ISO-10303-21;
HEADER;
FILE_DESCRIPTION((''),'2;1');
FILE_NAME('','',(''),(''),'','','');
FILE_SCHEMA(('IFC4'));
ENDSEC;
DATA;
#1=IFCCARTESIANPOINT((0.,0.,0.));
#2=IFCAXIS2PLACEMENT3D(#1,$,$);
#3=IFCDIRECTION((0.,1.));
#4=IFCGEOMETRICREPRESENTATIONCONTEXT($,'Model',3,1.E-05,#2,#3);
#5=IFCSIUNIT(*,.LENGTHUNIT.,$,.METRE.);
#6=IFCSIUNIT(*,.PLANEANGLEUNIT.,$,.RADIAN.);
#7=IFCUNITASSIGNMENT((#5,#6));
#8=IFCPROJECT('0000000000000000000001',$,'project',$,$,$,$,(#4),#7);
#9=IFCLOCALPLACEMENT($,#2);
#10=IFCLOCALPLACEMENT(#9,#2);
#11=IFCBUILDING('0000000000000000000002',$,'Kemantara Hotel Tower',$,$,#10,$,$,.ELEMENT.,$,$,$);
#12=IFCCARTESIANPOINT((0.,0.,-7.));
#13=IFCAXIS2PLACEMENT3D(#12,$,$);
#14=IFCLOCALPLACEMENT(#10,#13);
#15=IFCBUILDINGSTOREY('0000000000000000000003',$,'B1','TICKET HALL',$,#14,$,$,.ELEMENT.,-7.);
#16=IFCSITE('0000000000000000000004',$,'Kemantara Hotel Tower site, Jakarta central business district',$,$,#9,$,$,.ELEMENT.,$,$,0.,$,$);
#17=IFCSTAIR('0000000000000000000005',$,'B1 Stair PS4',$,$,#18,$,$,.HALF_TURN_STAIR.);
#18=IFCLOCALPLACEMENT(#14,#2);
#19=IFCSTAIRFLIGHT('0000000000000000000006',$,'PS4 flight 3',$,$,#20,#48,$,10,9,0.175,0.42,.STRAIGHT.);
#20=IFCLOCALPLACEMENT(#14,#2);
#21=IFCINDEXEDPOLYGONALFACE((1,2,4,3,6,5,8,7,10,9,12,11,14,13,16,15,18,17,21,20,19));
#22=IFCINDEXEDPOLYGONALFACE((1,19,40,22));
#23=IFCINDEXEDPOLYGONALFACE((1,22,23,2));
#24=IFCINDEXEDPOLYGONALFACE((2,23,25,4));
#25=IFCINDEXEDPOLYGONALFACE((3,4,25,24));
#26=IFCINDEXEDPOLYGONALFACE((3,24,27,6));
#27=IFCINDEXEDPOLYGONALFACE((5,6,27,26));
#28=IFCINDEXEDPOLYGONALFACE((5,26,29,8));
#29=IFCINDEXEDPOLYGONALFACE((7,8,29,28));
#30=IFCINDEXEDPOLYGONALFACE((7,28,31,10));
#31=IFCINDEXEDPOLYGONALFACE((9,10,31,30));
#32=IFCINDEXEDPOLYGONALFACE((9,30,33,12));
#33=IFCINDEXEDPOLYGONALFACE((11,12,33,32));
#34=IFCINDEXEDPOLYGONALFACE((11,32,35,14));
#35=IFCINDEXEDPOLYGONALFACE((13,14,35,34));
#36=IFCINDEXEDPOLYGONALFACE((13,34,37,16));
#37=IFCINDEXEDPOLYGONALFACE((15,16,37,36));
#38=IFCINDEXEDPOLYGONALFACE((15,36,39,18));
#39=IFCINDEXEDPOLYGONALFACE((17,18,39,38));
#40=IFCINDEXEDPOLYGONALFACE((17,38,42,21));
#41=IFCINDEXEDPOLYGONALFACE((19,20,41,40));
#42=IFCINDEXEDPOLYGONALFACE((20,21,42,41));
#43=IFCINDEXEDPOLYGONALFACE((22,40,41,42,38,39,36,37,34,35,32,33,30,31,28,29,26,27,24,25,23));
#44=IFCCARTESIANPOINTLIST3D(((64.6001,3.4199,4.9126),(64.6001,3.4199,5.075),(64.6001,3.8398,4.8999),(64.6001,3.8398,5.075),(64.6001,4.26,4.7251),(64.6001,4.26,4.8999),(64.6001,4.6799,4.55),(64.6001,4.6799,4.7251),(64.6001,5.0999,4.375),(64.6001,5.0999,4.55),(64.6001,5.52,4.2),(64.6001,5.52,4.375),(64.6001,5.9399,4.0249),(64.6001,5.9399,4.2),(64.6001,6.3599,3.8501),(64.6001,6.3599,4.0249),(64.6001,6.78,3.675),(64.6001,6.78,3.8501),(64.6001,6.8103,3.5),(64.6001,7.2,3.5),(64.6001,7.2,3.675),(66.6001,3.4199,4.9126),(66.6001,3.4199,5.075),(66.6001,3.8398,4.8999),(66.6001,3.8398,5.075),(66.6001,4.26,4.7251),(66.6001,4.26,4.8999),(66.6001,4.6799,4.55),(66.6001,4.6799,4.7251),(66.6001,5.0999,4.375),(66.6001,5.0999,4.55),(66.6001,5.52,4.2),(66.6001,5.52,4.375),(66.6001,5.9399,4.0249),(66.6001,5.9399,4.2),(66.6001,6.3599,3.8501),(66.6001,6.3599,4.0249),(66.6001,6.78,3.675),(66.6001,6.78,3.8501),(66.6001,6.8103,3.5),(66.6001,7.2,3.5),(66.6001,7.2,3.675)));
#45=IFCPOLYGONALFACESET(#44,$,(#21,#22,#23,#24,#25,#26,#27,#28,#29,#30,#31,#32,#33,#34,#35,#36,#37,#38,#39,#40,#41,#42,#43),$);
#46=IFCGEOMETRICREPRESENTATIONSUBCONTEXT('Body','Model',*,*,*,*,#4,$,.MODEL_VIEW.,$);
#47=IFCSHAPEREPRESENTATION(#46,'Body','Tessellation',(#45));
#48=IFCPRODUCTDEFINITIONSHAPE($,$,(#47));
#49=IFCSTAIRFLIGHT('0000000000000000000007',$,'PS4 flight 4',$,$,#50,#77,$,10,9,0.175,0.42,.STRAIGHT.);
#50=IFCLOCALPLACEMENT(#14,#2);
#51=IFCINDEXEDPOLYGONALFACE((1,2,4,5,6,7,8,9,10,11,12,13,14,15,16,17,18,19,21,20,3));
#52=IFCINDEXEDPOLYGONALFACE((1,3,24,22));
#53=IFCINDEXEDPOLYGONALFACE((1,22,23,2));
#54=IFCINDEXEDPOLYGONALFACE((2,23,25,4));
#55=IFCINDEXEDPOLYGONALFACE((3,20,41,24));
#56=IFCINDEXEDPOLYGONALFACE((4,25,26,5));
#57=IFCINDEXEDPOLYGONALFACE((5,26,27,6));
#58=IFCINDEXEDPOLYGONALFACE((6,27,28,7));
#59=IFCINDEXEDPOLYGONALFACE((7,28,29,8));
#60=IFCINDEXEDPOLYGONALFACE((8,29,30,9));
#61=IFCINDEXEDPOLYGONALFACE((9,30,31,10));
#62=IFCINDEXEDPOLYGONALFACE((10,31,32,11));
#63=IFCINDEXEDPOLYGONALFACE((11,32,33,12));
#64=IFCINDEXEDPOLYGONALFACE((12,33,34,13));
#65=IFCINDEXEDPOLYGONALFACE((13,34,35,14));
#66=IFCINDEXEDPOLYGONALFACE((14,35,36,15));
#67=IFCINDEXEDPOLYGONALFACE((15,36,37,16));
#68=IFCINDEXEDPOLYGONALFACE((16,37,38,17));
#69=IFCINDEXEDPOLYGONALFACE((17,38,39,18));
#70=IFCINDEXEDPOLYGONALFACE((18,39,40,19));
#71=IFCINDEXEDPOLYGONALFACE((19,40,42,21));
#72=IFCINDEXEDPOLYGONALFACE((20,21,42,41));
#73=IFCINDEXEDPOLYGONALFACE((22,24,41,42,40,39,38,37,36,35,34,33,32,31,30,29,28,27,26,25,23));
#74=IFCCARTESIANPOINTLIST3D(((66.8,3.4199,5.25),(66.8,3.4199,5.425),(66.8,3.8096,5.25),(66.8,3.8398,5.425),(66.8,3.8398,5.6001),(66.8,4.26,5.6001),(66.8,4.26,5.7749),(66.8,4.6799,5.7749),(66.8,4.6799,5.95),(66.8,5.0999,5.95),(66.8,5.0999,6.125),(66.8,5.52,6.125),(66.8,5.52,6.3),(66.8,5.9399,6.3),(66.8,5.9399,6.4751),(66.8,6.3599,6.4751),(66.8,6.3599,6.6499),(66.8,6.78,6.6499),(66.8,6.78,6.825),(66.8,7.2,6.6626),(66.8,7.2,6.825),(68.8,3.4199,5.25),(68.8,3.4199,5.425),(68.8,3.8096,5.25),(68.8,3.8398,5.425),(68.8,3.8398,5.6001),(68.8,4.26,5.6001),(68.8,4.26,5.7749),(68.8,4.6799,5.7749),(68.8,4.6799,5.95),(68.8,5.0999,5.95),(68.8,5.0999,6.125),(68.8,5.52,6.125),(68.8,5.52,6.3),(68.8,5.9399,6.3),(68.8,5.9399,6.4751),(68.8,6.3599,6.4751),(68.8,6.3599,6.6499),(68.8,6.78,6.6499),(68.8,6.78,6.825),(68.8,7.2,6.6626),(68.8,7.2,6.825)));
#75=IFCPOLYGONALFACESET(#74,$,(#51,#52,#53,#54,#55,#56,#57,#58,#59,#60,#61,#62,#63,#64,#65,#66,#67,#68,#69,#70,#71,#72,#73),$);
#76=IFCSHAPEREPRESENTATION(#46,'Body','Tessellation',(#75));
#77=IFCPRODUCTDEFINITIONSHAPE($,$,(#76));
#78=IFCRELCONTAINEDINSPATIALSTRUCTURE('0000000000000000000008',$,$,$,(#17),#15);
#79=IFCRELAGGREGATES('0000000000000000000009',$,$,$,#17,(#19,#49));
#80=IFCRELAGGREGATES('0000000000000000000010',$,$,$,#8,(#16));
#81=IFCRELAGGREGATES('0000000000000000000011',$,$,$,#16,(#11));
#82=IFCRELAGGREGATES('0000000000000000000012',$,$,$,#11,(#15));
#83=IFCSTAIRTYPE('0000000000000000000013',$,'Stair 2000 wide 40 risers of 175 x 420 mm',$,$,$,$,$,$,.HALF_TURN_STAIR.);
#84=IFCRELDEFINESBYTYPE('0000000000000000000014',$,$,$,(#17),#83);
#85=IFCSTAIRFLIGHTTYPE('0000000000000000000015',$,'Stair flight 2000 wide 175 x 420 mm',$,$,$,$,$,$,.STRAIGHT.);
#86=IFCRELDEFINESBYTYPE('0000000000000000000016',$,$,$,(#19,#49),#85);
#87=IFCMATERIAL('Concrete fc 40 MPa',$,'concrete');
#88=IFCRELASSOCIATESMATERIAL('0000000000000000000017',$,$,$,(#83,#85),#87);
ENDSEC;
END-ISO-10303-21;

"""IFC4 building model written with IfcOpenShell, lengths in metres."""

from ifc_helpers import new_model, si_unit, direction, frame, origin, place, context, subcontext, project, spatial, polyline, outline, extrude, material, type_object, element, aggregate, save


model = new_model("IFC4")

# Units and contexts
model_context = context("Model", 3, precision=1e-05, world=origin(), true_north=direction((0.0, 1.0)))
body_context = subcontext(model_context, "Body", "Model", "MODEL_VIEW")
ifc_project = project(units=[si_unit("LENGTHUNIT", "METRE"), si_unit("PLANEANGLEUNIT", "RADIAN")], contexts=[model_context])

# Site, building, storey
site_placement = place(None, origin())
site = spatial("IfcSite", under=ifc_project, at=site_placement, Name="Kemantara Hotel Tower site, Jakarta central business district", CompositionType="ELEMENT", RefElevation=0.0)
building_placement = place(site_placement, origin())
building = spatial("IfcBuilding", under=site, at=building_placement, Name="Kemantara Hotel Tower", CompositionType="ELEMENT")
storey_placement = place(building_placement, frame((0.0, 0.0, -7.0)))
storey = spatial("IfcBuildingStorey", under=building, at=storey_placement, Name="B1", Description="TICKET HALL", CompositionType="ELEMENT", Elevation=-7.0)

# Shared definitions
ifc_material_1 = material(Name="Concrete fc 40 MPa", Category="concrete")

# Stair, stair flights
stair_type = type_object("IfcStairType", Name="Stair 2000 wide 40 risers of 175 x 420 mm", PredefinedType="HALF_TURN_STAIR", material=ifc_material_1)
stair_placement = place(storey_placement, origin())
stair = element("IfcStair", 1, at=stair_placement, inside=storey, type_object=stair_type, Name="B1 Stair PS4", PredefinedType="HALF_TURN_STAIR")
stair_flight_type = type_object("IfcStairFlightType", Name="Stair flight 2000 wide 175 x 420 mm", PredefinedType="STRAIGHT", material=ifc_material_1)
stair_flight_1_placement = place(storey_placement, frame((65.6001, 7.2, 3.5), z_axis=(0.0, 0.0, 1.0), x_axis=(0.0, -1.0, 0.0)))
stair_flight_1 = element("IfcStairFlight", 2, at=stair_flight_1_placement, type_object=stair_flight_type, Name="PS4 flight 3", NumberOfRisers=10, NumberOfTreads=9, PredefinedType="STRAIGHT", RiserHeight=0.175, TreadLength=0.42, context=body_context, shape_type="SweptSolid", body=[
    extrude(outline(polyline([(0.0, 0.0), (0.0, 0.175), (0.4199, 0.175), (0.4199, 0.3501), (0.8401, 0.3501), (0.8401, 0.5249), (1.26, 0.5249), (1.26, 0.7), (1.6799, 0.7), (1.6799, 0.875), (2.1001, 0.875), (2.1001, 1.05), (2.52, 1.05), (2.52, 1.2251), (2.9399, 1.2251), (2.9399, 1.3999), (3.3601, 1.3999), (3.3601, 1.575), (3.78, 1.575), (3.78, 1.75), (3.78, 1.4126), (0.3896, 0.0), (0.0, 0.0)])), frame((0.0, 1.0, 0.0), z_axis=(0.0, -1.0, 0.0), x_axis=(1.0, 0.0, 0.0)), (0.0, 0.0, 1.0), 2.0),
])
stair_flight_2_placement = place(storey_placement, frame((67.8, 3.4199, 5.25), z_axis=(0.0, 0.0, 1.0), x_axis=(0.0, 1.0, 0.0)))
stair_flight_2 = element("IfcStairFlight", 3, at=stair_flight_2_placement, type_object=stair_flight_type, Name="PS4 flight 4", NumberOfRisers=10, NumberOfTreads=9, PredefinedType="STRAIGHT", RiserHeight=0.175, TreadLength=0.42, context=body_context, shape_type="SweptSolid", body=[
    extrude(outline(polyline([(0.0, 0.0), (0.0, 0.175), (0.4199, 0.175), (0.4199, 0.3501), (0.8401, 0.3501), (0.8401, 0.5249), (1.26, 0.5249), (1.26, 0.7), (1.6799, 0.7), (1.6799, 0.875), (2.1001, 0.875), (2.1001, 1.05), (2.52, 1.05), (2.52, 1.2251), (2.9399, 1.2251), (2.9399, 1.3999), (3.3601, 1.3999), (3.3601, 1.575), (3.78, 1.575), (3.78, 1.75), (3.78, 1.4126), (0.3896, 0.0), (0.0, 0.0)])), frame((0.0, 1.0, 0.0), z_axis=(0.0, -1.0, 0.0), x_axis=(1.0, 0.0, 0.0)), (0.0, 0.0, 1.0), 2.0),
])
aggregate(stair, [stair_flight_1, stair_flight_2])

save(model, "model.ifc")
